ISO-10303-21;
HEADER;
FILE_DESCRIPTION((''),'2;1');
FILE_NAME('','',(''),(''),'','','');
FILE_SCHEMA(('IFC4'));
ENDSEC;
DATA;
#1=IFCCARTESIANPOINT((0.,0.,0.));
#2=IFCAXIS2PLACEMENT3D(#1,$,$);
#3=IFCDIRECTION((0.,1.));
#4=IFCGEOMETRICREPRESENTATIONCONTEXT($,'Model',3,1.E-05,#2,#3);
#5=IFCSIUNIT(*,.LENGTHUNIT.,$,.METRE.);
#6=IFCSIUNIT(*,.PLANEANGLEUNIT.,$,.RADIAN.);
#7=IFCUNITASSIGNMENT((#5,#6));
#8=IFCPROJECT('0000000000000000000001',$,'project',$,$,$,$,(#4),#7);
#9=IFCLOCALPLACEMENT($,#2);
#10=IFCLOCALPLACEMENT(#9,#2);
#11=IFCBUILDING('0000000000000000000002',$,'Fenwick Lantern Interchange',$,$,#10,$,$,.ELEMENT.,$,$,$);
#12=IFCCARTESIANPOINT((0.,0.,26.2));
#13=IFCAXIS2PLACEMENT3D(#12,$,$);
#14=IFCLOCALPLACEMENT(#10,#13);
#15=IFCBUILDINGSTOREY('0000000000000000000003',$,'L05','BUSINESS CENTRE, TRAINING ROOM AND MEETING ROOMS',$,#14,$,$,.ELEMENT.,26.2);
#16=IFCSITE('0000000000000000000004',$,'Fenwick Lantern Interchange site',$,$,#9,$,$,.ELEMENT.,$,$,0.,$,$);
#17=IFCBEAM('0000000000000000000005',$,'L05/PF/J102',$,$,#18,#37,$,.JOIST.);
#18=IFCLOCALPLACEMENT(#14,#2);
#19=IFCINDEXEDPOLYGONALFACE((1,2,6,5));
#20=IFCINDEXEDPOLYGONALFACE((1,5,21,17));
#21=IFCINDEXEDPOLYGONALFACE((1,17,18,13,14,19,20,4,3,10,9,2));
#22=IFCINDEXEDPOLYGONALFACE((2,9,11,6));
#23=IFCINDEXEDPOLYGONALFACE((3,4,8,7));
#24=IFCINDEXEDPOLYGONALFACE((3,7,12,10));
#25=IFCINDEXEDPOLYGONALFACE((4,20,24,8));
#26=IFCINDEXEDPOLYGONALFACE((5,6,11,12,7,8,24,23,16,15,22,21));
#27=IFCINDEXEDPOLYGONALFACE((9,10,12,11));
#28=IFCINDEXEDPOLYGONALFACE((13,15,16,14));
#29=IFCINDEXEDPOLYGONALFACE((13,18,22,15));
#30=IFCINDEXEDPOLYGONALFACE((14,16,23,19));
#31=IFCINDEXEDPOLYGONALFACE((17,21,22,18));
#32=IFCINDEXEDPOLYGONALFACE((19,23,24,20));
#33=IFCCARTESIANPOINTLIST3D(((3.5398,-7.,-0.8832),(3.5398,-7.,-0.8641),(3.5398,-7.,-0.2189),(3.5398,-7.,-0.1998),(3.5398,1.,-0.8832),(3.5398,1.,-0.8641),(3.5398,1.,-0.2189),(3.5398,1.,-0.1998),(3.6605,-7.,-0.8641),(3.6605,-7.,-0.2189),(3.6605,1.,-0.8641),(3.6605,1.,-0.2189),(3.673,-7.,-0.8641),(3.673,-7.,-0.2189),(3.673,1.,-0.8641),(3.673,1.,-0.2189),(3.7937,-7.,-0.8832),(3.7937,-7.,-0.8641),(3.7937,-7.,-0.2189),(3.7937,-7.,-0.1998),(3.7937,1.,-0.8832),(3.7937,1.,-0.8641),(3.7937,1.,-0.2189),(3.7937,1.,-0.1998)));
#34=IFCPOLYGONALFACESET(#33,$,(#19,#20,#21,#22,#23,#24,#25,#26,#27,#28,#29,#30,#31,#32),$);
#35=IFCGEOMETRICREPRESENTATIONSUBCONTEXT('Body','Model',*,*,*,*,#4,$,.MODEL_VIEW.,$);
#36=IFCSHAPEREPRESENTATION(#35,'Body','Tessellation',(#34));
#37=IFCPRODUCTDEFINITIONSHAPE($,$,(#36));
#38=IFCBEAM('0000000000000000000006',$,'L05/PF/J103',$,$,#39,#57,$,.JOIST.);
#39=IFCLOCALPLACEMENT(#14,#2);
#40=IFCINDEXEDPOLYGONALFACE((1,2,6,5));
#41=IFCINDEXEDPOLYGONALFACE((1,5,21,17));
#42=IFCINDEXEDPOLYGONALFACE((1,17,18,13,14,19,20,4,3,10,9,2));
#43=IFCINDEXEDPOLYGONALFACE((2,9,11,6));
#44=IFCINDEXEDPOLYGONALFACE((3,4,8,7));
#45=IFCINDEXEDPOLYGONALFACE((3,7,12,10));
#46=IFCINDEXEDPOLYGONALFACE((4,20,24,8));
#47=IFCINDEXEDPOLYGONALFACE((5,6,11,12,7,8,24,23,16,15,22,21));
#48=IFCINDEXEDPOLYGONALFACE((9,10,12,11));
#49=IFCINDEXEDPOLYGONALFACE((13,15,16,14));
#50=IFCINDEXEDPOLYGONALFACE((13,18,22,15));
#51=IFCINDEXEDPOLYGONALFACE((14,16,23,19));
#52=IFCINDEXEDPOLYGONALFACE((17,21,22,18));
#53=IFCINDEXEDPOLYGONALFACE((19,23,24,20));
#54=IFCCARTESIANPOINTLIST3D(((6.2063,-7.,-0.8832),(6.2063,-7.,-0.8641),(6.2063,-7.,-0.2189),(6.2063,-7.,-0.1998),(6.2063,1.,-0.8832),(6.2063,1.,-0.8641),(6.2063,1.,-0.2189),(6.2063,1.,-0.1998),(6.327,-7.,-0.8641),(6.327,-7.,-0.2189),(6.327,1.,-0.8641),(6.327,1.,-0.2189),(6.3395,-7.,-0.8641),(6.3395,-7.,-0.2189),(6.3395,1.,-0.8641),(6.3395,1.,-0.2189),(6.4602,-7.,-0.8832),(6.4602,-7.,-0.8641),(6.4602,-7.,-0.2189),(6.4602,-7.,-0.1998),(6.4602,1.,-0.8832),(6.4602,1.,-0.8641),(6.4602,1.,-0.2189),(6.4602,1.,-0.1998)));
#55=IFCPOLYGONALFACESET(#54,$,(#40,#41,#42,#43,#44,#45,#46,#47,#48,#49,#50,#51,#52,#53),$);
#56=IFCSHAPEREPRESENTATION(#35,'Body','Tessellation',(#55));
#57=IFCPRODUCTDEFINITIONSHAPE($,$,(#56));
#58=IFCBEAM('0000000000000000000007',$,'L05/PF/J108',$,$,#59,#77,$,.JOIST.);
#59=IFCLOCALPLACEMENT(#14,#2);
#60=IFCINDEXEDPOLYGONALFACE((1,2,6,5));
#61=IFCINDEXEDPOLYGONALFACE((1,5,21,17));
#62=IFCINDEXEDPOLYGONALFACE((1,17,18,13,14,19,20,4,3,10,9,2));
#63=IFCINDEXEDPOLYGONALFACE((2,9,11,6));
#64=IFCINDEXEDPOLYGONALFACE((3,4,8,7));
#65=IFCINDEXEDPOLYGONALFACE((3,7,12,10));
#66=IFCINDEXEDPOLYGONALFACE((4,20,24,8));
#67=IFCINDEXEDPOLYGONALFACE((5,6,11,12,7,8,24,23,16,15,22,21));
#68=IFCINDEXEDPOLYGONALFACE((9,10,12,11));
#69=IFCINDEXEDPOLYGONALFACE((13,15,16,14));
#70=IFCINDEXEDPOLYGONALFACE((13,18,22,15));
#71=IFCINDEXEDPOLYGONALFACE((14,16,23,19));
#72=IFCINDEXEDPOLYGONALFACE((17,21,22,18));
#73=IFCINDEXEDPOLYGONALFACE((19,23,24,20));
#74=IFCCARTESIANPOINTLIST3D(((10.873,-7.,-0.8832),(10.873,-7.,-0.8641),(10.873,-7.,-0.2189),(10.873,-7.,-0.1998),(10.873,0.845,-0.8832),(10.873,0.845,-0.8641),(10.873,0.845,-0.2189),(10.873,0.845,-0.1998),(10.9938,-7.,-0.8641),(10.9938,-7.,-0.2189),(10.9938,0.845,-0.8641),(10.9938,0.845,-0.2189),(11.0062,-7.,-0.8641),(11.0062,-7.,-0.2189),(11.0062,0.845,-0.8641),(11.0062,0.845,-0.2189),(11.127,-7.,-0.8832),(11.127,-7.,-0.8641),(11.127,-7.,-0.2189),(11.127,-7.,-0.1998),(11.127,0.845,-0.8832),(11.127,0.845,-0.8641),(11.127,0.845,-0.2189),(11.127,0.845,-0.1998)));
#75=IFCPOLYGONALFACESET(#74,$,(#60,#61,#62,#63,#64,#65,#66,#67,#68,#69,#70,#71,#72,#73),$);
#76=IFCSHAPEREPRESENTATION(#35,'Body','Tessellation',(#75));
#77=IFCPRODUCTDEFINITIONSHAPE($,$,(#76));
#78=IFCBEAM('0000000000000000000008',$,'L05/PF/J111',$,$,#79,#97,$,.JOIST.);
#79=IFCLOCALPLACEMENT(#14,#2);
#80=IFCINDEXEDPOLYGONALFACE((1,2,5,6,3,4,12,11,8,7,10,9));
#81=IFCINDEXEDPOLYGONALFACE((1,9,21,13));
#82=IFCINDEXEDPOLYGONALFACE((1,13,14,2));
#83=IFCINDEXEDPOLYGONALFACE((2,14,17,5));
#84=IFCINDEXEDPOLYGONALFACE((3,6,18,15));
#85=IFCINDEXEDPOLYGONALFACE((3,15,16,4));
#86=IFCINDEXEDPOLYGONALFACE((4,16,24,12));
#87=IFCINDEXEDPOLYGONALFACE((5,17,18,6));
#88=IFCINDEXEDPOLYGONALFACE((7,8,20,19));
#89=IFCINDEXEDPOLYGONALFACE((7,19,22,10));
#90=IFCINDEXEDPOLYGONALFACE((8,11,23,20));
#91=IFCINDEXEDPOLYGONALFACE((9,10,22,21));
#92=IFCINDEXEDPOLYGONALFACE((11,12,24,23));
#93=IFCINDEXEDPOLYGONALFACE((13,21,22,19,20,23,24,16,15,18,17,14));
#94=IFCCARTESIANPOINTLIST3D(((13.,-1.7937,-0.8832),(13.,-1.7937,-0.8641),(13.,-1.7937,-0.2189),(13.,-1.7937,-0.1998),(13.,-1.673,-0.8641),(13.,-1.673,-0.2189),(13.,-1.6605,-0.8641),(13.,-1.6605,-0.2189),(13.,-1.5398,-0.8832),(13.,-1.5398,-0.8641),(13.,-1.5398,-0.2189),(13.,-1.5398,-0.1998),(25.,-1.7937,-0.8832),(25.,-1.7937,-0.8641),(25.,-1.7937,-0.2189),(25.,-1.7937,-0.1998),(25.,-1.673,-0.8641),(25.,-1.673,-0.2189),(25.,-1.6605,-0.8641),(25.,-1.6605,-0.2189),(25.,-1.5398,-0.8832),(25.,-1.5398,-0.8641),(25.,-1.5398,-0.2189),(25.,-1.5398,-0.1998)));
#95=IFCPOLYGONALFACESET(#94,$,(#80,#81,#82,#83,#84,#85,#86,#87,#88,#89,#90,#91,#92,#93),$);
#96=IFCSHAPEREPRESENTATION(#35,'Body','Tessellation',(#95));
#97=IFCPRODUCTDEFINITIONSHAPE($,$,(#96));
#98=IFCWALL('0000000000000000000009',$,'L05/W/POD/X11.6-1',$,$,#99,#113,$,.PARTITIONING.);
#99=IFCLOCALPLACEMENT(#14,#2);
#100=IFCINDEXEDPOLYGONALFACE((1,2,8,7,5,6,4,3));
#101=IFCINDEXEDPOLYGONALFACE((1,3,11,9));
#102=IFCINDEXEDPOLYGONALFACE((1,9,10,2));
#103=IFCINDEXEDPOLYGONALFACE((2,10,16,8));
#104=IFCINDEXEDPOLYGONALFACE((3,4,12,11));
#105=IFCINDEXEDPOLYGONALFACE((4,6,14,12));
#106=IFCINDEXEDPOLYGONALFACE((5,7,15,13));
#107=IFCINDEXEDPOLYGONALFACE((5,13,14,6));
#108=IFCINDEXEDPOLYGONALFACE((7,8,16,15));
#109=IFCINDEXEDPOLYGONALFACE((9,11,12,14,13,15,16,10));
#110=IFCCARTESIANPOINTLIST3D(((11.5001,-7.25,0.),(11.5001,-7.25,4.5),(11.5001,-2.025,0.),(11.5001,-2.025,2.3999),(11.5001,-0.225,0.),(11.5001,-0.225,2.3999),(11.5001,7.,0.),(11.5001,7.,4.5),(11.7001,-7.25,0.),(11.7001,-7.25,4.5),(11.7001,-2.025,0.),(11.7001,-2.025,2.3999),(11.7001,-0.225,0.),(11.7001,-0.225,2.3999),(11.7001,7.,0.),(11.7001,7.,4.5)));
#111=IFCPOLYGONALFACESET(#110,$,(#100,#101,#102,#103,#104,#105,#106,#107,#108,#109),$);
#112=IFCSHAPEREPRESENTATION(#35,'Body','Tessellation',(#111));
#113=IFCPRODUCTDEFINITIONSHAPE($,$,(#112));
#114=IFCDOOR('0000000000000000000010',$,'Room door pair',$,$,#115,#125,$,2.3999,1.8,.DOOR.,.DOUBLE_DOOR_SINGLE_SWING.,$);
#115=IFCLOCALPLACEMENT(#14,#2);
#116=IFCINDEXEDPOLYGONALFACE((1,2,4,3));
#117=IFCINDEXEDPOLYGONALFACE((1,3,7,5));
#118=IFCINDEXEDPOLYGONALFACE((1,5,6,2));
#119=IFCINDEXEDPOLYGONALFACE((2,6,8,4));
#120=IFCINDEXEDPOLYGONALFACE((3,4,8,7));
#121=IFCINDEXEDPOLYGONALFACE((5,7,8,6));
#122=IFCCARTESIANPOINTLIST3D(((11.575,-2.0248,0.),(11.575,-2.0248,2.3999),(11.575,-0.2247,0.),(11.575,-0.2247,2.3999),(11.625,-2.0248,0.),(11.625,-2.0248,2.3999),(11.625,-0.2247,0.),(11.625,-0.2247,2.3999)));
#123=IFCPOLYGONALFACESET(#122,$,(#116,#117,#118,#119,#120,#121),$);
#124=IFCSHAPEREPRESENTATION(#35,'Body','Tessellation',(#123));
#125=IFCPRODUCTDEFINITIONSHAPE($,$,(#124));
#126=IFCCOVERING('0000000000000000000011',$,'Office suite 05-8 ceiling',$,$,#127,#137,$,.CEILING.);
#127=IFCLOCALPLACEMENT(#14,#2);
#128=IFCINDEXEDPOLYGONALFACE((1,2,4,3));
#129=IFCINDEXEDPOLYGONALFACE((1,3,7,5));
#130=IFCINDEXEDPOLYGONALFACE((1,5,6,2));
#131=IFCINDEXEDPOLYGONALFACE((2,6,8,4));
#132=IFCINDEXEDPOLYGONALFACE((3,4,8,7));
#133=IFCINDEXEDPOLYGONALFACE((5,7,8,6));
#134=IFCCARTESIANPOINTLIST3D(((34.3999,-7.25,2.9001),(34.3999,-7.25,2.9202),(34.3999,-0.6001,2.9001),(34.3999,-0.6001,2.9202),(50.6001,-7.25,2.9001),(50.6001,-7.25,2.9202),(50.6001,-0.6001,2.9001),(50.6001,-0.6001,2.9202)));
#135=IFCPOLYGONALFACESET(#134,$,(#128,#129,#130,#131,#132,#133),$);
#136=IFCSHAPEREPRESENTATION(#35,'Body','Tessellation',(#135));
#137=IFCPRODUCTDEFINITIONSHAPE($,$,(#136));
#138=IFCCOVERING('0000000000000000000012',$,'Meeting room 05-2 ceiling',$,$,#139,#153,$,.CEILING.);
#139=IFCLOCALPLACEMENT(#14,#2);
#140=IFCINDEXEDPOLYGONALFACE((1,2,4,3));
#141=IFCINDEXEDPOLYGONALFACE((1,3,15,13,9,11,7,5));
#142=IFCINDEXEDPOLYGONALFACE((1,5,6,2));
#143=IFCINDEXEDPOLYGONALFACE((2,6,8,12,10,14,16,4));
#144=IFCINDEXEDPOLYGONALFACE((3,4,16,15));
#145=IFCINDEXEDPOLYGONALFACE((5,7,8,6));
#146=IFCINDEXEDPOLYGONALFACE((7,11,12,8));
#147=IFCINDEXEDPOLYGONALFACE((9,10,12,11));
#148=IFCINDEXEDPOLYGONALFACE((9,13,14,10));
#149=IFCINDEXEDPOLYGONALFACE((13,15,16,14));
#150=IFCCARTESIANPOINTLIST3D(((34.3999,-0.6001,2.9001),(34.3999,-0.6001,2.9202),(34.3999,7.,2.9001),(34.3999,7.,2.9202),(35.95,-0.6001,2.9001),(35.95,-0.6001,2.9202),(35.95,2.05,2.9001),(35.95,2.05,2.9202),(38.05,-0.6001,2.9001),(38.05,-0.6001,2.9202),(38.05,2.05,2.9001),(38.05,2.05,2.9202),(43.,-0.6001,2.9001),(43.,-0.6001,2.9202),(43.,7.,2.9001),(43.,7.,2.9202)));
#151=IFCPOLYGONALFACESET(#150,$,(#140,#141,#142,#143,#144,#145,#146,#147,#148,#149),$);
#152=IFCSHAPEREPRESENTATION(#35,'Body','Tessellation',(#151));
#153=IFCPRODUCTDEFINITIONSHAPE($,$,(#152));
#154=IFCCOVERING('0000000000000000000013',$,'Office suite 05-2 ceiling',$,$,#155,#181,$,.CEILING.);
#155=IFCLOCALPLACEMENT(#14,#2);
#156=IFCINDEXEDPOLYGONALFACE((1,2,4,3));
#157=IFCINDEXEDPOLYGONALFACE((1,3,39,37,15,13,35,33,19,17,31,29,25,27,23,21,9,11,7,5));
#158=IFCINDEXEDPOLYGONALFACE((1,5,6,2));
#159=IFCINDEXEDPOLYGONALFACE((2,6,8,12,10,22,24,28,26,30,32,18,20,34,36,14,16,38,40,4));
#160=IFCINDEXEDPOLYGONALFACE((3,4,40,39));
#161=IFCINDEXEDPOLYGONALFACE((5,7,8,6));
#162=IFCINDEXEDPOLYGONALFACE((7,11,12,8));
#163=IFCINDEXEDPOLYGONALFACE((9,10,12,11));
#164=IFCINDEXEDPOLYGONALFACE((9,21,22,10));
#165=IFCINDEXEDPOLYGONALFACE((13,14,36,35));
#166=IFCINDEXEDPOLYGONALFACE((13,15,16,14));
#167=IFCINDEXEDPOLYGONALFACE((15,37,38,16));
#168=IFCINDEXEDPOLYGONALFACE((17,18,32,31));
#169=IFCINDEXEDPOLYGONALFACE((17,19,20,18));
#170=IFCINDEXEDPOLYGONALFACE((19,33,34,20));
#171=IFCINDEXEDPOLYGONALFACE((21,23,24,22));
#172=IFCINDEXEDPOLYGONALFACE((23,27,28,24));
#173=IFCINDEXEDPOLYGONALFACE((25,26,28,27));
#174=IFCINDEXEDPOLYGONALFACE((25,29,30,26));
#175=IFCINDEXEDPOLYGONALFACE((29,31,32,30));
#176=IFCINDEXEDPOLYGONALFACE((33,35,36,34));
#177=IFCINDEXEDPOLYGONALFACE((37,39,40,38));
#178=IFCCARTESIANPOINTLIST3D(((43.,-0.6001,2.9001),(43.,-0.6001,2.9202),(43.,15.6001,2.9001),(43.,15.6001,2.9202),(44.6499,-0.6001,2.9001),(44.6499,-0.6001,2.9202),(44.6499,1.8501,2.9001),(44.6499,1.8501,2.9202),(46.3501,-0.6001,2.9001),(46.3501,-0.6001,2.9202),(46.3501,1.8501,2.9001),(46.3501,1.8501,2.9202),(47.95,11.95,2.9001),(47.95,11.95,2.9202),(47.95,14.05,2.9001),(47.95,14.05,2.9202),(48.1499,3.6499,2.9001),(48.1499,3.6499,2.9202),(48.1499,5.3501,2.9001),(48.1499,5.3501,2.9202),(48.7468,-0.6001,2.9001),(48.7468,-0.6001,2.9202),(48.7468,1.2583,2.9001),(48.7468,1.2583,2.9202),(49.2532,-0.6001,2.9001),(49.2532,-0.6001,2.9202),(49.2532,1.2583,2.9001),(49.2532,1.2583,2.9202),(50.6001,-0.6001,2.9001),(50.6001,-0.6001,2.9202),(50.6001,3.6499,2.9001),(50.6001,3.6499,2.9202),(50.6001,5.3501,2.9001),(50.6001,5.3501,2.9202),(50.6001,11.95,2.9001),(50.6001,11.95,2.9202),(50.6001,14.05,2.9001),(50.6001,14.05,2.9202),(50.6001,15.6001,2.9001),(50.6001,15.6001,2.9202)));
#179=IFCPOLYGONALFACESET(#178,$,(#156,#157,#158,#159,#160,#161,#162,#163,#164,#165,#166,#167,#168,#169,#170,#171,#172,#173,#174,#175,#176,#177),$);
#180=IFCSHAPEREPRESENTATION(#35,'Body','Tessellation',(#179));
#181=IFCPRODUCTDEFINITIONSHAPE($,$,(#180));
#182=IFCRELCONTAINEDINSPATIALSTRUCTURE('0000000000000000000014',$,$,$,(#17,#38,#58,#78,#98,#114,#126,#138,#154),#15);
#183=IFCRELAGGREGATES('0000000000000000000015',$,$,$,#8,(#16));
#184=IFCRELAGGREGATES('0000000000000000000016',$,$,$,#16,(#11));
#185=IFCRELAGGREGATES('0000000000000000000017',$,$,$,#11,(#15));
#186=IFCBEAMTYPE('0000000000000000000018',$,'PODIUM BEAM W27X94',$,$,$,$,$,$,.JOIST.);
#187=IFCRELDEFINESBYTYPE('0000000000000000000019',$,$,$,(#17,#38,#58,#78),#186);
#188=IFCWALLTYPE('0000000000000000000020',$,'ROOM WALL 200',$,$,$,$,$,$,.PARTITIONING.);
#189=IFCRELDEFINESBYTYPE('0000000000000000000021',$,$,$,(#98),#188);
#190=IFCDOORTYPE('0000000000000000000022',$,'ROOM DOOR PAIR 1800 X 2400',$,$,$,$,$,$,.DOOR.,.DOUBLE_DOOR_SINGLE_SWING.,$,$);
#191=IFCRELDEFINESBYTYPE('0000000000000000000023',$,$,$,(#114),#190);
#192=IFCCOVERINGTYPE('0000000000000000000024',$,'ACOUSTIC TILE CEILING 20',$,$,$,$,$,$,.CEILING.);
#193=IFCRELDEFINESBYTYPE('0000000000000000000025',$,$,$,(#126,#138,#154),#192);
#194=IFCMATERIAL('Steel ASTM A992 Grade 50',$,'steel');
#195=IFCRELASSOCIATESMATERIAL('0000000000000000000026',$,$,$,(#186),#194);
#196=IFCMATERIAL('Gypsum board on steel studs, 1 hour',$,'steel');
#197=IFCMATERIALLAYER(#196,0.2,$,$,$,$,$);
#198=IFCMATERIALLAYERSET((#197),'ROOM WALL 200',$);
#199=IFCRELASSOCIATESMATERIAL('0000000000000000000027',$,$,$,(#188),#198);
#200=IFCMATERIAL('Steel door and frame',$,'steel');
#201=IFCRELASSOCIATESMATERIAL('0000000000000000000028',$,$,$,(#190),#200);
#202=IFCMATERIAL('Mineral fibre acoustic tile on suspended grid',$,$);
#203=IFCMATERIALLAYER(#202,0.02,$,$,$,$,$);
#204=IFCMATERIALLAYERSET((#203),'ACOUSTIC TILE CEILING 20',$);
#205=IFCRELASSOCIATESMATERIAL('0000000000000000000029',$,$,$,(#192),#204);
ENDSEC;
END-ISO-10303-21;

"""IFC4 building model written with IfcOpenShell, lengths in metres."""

from ifc_helpers import new_model, si_unit, direction, frame, frame_2d, origin, origin_2d, place, context, subcontext, project, spatial, polyline, rectangle, i_section, outline, extrude, material, layer, layer_set, material_profile, profile_set, type_object, element, fill, save


model = new_model("IFC4")

# Units and contexts
model_context = context("Model", 3, precision=1e-05, world=origin(), true_north=direction((0.0, 1.0)))
body_context = subcontext(model_context, "Body", "Model", "MODEL_VIEW")
ifc_project = project(units=[si_unit("LENGTHUNIT", "METRE"), si_unit("PLANEANGLEUNIT", "RADIAN")], contexts=[model_context])

# Site, building, storey
site_placement = place(None, origin())
site = spatial("IfcSite", under=ifc_project, at=site_placement, Name="Fenwick Lantern Interchange site", CompositionType="ELEMENT", RefElevation=0.0)
building_placement = place(site_placement, origin())
building = spatial("IfcBuilding", under=site, at=building_placement, Name="Fenwick Lantern Interchange", CompositionType="ELEMENT")
storey_placement = place(building_placement, frame((0.0, 0.0, 26.2)))
storey = spatial("IfcBuildingStorey", under=building, at=storey_placement, Name="L05", Description="BUSINESS CENTRE, TRAINING ROOM AND MEETING ROOMS", CompositionType="ELEMENT", Elevation=26.2)

# Shared definitions
ifc_material_1 = material(Name="Steel ASTM A992 Grade 50", Category="steel")

# Beams
ifc_material_profile_1 = material_profile(ifc_material_1, i_section(OverallWidth=0.2539, OverallDepth=0.6833, WebThickness=0.0125, FlangeThickness=0.019, at=origin_2d()), Name="W27X94")
ifc_profile_set_1 = profile_set([ifc_material_profile_1], Name="Steel ASTM A992 Grade 50")
beam_type_1 = type_object("IfcBeamType", Name="PODIUM BEAM W27X94", PredefinedType="JOIST", material=ifc_profile_set_1)
for number, where, z_axis, x_axis, name in (
    (1, (3.6667, -7.0, -0.5415), (0.0, 1.0, 0.0), (-1.0, 0.0, 0.0), "L05/PF/J102"),
    (2, (6.3333, -7.0, -0.5415), (0.0, 1.0, 0.0), (-1.0, 0.0, 0.0), "L05/PF/J103"),
):
    element("IfcBeam", number, at=place(storey_placement, frame(where, z_axis=z_axis, x_axis=x_axis)), inside=storey, type_object=beam_type_1, Name=name, PredefinedType="JOIST", context=body_context, shape_type="SweptSolid", body=[
        extrude(i_section(OverallWidth=0.2539, OverallDepth=0.6833, WebThickness=0.0125, FlangeThickness=0.019, at=origin_2d()), origin(), (0.0, 0.0, 1.0), 8.0),
    ])
beam_1_placement = place(storey_placement, frame((11.0, -7.0, -0.5415), z_axis=(0.0, 1.0, 0.0), x_axis=(-1.0, 0.0, 0.0)))
element("IfcBeam", 3, at=beam_1_placement, inside=storey, type_object=beam_type_1, Name="L05/PF/J108", PredefinedType="JOIST", context=body_context, shape_type="SweptSolid", body=[
    extrude(i_section(OverallWidth=0.2539, OverallDepth=0.6833, WebThickness=0.0125, FlangeThickness=0.019, at=origin_2d()), origin(), (0.0, 0.0, 1.0), 7.845),
])
beam_2_placement = place(storey_placement, frame((13.0, -1.6667, -0.5415), z_axis=(1.0, 0.0, 0.0), x_axis=(0.0, 1.0, 0.0)))
element("IfcBeam", 4, at=beam_2_placement, inside=storey, type_object=beam_type_1, Name="L05/PF/J111", PredefinedType="JOIST", context=body_context, shape_type="SweptSolid", body=[
    extrude(i_section(OverallWidth=0.2539, OverallDepth=0.6833, WebThickness=0.0125, FlangeThickness=0.019, at=origin_2d()), origin(), (0.0, 0.0, 1.0), 12.0),
])

# Wall, opening, door
ifc_material_2 = material(Name="Gypsum board on steel studs, 1 hour", Category="steel")
ifc_layer_1 = layer(ifc_material_2, 0.2)
ifc_layer_set_1 = layer_set([ifc_layer_1], Name="ROOM WALL 200")
wall_type = type_object("IfcWallType", Name="ROOM WALL 200", PredefinedType="PARTITIONING", material=ifc_layer_set_1)
wall_placement = place(storey_placement, frame((11.6001, -7.25, 0.0), z_axis=(0.0, 0.0, 1.0), x_axis=(0.0, 1.0, 0.0)))
wall = element("IfcWall", 5, at=wall_placement, inside=storey, type_object=wall_type, Name="L05/W/POD/X11.6-1", PredefinedType="PARTITIONING", context=body_context, shape_type="SweptSolid", body=[
    extrude(rectangle(XDim=14.25, YDim=0.2, at=frame_2d((7.125, 0.0))), origin(), (0.0, 0.0, 1.0), 4.5),
])
opening_placement = place(wall_placement, frame((5.2251, 0.0, 0.0)))
opening = element("IfcOpeningElement", 6, at=opening_placement, cuts=wall, PredefinedType="OPENING", context=body_context, shape_type="SweptSolid", body=[
    extrude(rectangle(XDim=1.8, YDim=2.3999, at=frame_2d((0.8999, 1.2))), frame((0.0, 0.1099, 0.0), z_axis=(0.0, -1.0, 0.0), x_axis=(1.0, 0.0, 0.0)), (0.0, 0.0, 1.0), 0.22),
])
ifc_material_3 = material(Name="Steel door and frame", Category="steel")
door_type = type_object("IfcDoorType", Name="ROOM DOOR PAIR 1800 X 2400", OperationType="DOUBLE_DOOR_SINGLE_SWING", PredefinedType="DOOR", material=ifc_material_3)
door_placement = place(opening_placement, frame((1.8, 0.0, 0.0), z_axis=(0.0, 0.0, 1.0), x_axis=(-1.0, 0.0, 0.0)))
door = element("IfcDoor", 7, at=door_placement, inside=storey, type_object=door_type, Name="Room door pair", OperationType="DOUBLE_DOOR_SINGLE_SWING", OverallHeight=2.3999, OverallWidth=1.8, PredefinedType="DOOR", context=body_context, shape_type="SweptSolid", body=[
    extrude(rectangle(XDim=1.8, YDim=2.3999, at=frame_2d((0.8999, 1.2))), frame((0.0, 0.0249, 0.0), z_axis=(0.0, -1.0, 0.0), x_axis=(1.0, 0.0, 0.0)), (0.0, 0.0, 1.0), 0.05),
])
fill(opening, door)

# Coverings
ifc_material_4 = material(Name="Mineral fibre acoustic tile on suspended grid")
ifc_layer_2 = layer(ifc_material_4, 0.02)
ifc_layer_set_2 = layer_set([ifc_layer_2], Name="ACOUSTIC TILE CEILING 20")
covering_type_1 = type_object("IfcCoveringType", Name="ACOUSTIC TILE CEILING 20", PredefinedType="CEILING", material=ifc_layer_set_2)
covering_1_placement = place(storey_placement, frame((0.0, 0.0, 2.9001)))
element("IfcCovering", 8, at=covering_1_placement, inside=storey, type_object=covering_type_1, Name="Office suite 05-8 ceiling", PredefinedType="CEILING", context=body_context, shape_type="SweptSolid", body=[
    extrude(outline(polyline([(34.3999, -0.6001), (34.3999, -7.25), (50.6001, -7.25), (50.6001, -0.6001), (34.3999, -0.6001)])), origin(), (0.0, 0.0, 1.0), 0.02),
])
covering_2_placement = place(storey_placement, frame((0.0, 0.0, 2.9001)))
element("IfcCovering", 9, at=covering_2_placement, inside=storey, type_object=covering_type_1, Name="Meeting room 05-2 ceiling", PredefinedType="CEILING", context=body_context, shape_type="SweptSolid", body=[
    extrude(outline(polyline([(34.3999, 7.0), (34.3999, -0.6001), (35.95, -0.6001), (35.95, 2.05), (38.05, 2.05), (38.05, -0.6001), (43.0, -0.6001), (43.0, 7.0), (34.3999, 7.0)])), origin(), (0.0, 0.0, 1.0), 0.02),
])
covering_3_placement = place(storey_placement, frame((0.0, 0.0, 2.9001)))
element("IfcCovering", 10, at=covering_3_placement, inside=storey, type_object=covering_type_1, Name="Office suite 05-2 ceiling", PredefinedType="CEILING", context=body_context, shape_type="SweptSolid", body=[
    extrude(outline(polyline([(47.95, 14.05), (50.6001, 14.05), (50.6001, 15.6001), (43.0, 15.6001), (43.0, -0.6001), (44.6499, -0.6001), (44.6499, 1.8501), (46.3501, 1.8501), (46.3501, -0.6001), (48.7468, -0.6001), (48.7468, 1.2583), (49.2532, 1.2583), (49.2532, -0.6001), (50.6001, -0.6001), (50.6001, 3.6499), (48.1499, 3.6499), (48.1499, 5.3501), (50.6001, 5.3501), (50.6001, 11.95), (47.95, 11.95), (47.95, 14.05)])), origin(), (0.0, 0.0, 1.0), 0.02),
])

save(model, "model.ifc")
